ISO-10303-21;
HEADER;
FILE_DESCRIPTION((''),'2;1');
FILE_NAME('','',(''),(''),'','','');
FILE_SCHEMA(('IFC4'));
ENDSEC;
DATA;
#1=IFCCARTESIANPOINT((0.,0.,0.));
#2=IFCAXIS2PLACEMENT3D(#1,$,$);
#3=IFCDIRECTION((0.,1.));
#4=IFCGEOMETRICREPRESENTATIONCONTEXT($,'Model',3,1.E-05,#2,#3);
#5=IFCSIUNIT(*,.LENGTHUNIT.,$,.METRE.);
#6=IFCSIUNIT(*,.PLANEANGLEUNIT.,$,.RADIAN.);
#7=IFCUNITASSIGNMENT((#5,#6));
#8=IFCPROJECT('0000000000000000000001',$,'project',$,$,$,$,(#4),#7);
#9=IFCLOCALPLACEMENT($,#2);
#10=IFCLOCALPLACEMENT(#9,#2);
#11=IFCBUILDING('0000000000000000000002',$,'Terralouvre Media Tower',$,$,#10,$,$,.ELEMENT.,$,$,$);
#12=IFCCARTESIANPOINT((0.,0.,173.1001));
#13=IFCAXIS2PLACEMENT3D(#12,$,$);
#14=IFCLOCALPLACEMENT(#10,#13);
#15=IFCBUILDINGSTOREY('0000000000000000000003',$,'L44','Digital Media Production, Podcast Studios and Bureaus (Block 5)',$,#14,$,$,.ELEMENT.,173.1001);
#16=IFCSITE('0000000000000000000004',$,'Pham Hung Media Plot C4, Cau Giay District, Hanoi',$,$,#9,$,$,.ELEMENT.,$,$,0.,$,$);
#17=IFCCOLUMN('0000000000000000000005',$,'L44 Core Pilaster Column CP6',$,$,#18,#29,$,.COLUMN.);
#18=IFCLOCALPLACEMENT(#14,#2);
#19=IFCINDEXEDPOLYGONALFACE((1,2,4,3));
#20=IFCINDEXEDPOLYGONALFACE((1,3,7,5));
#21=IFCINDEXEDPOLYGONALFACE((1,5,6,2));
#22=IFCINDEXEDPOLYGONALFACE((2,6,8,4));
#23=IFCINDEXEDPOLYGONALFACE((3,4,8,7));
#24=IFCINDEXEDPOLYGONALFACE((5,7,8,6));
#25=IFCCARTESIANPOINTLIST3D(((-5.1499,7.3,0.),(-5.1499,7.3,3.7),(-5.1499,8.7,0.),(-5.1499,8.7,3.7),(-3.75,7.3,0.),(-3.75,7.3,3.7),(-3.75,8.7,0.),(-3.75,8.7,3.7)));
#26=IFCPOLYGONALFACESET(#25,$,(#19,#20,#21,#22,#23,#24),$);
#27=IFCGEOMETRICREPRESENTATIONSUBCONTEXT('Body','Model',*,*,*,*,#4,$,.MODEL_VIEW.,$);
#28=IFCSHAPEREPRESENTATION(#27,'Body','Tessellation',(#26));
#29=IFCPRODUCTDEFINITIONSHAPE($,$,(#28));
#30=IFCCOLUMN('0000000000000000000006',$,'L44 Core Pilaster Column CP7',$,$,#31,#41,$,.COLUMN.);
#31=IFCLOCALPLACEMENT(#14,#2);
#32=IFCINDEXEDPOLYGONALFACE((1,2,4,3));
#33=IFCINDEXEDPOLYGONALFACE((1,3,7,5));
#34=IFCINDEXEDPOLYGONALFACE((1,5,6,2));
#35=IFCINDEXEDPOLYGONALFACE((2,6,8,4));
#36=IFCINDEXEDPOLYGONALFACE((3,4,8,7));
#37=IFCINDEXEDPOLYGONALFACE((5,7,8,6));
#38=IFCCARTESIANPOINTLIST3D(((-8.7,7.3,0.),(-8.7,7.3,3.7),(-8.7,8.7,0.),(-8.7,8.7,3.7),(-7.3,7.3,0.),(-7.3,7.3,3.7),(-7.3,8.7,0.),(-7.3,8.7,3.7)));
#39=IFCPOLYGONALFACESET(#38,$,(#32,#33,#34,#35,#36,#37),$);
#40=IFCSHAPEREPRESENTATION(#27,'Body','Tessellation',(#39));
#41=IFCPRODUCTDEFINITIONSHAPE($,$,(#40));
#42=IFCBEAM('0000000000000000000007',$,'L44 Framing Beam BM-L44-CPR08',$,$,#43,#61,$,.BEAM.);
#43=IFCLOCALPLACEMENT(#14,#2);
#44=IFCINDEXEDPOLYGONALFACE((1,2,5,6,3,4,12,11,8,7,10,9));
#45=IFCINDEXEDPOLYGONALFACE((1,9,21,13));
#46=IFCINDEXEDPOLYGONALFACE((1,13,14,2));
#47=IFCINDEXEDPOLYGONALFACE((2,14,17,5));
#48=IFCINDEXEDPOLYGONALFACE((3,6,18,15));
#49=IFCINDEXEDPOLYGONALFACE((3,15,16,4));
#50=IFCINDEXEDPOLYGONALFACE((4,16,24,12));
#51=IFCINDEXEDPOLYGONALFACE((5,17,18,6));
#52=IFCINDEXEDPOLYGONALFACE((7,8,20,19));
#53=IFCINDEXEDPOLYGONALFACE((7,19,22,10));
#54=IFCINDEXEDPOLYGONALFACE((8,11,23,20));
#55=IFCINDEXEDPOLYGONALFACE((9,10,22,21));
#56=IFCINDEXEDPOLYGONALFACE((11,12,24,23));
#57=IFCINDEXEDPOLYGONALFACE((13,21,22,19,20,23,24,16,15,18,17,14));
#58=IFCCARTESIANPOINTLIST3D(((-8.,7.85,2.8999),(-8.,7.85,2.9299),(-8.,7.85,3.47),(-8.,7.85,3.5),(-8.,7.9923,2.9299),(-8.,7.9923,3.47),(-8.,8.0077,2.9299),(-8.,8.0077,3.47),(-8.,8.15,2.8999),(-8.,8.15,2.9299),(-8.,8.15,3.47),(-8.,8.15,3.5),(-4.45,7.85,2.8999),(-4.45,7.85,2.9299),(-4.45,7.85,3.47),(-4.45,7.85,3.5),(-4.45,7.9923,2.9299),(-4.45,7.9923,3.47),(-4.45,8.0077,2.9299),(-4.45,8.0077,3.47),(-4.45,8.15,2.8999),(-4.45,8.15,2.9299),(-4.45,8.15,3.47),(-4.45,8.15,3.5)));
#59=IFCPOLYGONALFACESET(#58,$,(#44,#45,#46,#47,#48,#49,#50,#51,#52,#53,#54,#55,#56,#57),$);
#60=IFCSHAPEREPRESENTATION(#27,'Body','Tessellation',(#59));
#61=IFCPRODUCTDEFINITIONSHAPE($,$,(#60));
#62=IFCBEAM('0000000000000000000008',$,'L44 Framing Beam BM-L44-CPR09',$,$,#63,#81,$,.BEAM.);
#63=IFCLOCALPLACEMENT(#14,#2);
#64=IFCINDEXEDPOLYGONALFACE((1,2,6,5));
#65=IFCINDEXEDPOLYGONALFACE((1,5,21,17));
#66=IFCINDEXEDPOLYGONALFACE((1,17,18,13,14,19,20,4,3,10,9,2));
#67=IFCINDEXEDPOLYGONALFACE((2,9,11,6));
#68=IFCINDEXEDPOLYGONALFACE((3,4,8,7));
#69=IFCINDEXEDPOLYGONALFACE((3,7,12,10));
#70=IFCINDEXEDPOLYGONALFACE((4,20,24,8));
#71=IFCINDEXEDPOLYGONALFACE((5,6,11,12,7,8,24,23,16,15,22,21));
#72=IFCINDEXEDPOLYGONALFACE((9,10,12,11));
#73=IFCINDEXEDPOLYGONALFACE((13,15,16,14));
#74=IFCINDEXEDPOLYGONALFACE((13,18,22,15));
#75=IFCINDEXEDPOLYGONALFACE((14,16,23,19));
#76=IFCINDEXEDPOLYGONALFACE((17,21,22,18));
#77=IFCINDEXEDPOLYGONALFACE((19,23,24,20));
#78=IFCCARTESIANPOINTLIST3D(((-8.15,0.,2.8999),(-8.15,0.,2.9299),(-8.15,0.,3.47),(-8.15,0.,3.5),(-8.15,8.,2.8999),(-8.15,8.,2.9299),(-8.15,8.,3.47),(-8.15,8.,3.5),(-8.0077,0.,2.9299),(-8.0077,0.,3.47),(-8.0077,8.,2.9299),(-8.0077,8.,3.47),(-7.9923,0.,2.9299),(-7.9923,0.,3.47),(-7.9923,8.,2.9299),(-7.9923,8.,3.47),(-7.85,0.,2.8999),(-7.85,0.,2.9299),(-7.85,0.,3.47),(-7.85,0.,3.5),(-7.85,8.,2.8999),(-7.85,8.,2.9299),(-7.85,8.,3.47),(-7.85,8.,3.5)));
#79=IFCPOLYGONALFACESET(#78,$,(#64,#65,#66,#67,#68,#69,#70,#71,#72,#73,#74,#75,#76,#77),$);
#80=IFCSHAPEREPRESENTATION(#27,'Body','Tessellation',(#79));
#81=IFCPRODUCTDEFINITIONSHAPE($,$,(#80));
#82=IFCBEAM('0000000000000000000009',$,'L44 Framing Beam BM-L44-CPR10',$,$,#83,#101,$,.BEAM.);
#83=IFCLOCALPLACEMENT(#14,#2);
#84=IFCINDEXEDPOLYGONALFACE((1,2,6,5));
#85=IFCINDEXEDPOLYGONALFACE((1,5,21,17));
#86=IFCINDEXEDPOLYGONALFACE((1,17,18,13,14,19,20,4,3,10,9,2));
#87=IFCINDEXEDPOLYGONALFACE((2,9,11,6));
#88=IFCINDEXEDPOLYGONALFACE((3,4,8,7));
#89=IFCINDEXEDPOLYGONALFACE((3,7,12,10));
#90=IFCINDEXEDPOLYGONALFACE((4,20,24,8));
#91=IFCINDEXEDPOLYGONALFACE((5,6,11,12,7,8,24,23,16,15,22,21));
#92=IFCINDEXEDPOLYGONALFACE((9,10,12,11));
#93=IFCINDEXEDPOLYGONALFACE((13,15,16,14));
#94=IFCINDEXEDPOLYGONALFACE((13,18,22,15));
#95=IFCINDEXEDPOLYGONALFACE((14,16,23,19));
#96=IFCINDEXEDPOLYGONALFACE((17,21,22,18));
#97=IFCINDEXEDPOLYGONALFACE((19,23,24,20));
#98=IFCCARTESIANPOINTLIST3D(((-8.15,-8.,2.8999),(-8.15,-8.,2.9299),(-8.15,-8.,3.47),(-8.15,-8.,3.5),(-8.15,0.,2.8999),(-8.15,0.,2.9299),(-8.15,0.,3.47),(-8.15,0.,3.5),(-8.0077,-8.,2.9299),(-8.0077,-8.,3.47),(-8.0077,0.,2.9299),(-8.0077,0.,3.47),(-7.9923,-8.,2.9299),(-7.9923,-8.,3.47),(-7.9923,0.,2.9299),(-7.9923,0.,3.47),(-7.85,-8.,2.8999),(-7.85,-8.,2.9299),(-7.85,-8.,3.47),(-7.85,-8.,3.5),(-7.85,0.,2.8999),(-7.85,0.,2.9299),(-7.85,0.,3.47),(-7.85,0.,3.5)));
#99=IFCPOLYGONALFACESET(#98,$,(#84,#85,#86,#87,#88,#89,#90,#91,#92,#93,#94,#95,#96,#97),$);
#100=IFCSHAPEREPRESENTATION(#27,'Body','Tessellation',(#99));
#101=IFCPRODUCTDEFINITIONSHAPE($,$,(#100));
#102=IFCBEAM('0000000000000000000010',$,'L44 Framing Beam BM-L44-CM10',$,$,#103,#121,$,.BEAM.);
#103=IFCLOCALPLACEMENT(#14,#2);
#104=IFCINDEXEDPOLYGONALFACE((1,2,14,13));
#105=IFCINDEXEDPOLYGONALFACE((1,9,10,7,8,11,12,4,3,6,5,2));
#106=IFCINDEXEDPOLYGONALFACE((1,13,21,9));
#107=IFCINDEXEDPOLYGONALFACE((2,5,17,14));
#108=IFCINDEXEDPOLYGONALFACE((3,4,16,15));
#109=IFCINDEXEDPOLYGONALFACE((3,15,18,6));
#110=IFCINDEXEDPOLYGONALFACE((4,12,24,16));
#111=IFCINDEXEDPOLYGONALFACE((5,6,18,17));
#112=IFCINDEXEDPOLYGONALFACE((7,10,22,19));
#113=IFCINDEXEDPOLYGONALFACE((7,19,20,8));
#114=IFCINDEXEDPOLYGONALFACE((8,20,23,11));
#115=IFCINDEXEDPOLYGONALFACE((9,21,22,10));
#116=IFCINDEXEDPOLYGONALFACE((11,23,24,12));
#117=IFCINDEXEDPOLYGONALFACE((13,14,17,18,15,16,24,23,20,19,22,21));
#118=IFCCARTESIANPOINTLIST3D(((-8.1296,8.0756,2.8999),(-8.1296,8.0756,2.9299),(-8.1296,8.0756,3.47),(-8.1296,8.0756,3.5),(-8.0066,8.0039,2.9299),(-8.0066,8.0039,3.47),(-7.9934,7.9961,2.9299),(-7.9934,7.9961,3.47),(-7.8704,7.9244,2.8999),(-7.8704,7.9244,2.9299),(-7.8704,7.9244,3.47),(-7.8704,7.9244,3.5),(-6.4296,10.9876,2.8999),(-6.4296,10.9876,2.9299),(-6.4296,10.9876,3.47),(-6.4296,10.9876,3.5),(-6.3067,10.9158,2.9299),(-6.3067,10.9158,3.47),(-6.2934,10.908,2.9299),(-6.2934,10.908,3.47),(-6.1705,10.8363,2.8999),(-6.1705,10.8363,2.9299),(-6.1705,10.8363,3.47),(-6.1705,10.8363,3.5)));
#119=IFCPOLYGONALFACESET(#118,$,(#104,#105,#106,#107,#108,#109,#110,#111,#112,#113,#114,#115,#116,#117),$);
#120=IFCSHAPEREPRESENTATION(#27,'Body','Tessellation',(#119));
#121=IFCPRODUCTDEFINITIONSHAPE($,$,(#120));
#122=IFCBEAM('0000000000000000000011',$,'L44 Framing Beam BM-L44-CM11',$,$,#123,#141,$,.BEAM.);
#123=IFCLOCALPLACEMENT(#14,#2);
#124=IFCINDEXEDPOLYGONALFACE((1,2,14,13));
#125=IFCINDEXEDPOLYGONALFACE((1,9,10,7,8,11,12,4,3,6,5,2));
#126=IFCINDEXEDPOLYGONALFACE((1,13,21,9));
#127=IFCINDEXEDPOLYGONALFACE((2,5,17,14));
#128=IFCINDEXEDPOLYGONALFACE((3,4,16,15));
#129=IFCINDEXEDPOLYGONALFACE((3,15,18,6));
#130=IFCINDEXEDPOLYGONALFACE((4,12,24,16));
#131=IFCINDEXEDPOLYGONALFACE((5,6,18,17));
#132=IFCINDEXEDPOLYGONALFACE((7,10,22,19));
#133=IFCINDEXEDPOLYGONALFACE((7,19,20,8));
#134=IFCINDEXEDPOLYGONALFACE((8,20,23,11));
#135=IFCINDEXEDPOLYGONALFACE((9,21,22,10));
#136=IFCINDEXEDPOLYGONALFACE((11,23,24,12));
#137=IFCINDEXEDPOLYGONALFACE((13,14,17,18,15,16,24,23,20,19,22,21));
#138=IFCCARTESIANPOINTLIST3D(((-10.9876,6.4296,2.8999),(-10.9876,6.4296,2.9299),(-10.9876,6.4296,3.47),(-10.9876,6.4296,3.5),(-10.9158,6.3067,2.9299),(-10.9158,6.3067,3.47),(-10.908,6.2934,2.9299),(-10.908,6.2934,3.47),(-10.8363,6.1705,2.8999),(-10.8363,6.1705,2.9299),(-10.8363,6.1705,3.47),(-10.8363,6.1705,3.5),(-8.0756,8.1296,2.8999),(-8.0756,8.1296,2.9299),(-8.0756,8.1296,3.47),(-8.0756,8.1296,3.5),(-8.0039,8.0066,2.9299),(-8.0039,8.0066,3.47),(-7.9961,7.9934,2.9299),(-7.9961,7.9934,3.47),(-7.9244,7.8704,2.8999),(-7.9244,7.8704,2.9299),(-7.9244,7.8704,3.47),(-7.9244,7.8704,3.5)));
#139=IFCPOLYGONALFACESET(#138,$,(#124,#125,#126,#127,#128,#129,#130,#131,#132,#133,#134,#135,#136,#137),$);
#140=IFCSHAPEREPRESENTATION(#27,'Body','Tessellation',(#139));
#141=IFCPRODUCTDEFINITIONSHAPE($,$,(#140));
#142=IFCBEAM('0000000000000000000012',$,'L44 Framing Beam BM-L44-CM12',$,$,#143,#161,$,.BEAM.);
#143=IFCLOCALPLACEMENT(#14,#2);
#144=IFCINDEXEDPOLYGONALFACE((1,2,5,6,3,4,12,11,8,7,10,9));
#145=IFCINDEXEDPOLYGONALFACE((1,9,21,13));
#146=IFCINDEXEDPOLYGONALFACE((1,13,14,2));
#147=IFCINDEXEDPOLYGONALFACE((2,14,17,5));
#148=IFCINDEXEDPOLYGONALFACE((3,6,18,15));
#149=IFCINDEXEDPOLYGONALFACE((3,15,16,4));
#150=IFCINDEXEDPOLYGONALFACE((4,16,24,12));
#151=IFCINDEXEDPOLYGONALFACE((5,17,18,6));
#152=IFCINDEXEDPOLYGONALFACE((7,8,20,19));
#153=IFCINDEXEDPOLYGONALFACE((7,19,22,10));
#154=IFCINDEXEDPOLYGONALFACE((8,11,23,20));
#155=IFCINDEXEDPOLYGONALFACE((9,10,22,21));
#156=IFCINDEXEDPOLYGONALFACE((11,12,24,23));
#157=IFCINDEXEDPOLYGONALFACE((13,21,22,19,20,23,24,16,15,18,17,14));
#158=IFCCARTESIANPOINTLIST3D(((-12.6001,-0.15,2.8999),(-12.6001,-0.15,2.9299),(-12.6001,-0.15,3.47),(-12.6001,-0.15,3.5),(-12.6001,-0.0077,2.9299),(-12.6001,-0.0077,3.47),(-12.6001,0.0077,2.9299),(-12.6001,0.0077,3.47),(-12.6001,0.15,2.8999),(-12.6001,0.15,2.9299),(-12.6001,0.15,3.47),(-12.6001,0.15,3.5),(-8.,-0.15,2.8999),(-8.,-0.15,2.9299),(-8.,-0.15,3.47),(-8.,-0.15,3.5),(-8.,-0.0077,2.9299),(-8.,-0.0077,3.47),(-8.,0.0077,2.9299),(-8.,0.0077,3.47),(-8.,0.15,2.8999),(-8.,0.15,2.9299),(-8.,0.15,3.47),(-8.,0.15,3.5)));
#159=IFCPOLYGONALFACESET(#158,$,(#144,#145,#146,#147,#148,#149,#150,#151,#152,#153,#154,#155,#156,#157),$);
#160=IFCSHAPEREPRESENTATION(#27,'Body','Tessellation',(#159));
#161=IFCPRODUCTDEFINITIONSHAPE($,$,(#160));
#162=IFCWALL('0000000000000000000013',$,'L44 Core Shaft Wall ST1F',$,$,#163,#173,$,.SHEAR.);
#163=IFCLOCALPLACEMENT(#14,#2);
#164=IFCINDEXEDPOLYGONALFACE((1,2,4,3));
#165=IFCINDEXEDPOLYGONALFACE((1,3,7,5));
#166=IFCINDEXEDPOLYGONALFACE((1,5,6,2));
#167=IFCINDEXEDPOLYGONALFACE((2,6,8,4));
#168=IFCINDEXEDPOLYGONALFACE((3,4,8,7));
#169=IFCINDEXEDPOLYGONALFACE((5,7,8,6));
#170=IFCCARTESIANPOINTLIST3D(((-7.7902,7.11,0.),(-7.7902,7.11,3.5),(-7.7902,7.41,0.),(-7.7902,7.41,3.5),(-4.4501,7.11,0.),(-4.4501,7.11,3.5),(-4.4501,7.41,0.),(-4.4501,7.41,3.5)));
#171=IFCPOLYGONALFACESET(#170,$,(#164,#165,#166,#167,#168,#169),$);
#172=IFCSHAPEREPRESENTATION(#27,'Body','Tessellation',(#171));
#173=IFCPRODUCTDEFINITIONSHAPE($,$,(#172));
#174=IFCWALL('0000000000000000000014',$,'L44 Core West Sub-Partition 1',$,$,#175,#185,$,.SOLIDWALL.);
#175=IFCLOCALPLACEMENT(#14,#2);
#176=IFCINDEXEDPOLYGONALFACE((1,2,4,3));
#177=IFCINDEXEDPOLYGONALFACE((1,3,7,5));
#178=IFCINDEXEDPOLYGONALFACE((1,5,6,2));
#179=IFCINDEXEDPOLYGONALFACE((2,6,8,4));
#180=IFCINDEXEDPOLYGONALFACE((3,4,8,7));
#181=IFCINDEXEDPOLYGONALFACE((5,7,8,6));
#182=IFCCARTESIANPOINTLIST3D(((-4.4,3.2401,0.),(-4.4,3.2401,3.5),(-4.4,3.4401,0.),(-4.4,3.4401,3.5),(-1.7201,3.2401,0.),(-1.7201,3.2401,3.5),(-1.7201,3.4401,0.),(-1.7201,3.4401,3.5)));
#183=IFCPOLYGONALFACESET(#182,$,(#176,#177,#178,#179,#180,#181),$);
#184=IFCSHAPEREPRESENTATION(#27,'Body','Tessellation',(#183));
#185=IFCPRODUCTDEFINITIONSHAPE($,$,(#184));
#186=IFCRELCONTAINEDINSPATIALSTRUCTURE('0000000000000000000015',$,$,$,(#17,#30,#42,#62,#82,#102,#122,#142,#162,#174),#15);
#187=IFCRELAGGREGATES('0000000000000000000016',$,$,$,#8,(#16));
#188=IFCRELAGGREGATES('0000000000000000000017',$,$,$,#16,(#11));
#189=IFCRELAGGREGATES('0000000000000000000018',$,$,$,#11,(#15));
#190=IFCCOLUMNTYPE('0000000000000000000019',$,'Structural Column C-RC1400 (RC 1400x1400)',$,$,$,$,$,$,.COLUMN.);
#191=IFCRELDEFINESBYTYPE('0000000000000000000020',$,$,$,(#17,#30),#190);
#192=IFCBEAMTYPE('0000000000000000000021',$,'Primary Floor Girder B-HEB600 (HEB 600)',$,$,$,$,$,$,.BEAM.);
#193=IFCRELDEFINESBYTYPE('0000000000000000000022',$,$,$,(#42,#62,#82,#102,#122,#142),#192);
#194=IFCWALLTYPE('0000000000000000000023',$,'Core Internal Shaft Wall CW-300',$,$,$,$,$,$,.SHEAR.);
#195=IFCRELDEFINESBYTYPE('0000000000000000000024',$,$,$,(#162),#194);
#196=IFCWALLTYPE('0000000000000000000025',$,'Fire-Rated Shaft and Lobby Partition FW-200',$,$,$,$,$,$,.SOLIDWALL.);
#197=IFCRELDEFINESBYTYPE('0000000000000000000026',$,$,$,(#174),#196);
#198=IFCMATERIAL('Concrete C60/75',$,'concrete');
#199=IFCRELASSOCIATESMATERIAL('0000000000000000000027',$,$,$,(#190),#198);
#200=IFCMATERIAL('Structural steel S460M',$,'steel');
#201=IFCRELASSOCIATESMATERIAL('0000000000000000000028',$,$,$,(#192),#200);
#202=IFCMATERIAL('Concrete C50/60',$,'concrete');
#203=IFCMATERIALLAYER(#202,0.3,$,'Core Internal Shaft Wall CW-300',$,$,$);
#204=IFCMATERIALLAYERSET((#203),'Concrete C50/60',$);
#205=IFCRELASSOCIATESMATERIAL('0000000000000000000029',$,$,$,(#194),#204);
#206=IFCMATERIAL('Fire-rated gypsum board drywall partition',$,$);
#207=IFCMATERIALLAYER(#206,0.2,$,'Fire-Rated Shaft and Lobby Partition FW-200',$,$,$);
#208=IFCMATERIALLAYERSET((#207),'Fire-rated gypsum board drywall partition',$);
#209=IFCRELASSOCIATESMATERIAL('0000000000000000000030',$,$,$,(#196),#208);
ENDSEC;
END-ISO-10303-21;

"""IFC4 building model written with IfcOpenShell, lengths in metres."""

from ifc_helpers import new_model, si_unit, direction, frame, frame_2d, origin, origin_2d, place, context, subcontext, project, spatial, rectangle, i_section, extrude, material, layer, layer_set, material_profile, profile_set, type_object, element, save


model = new_model("IFC4")

# Units and contexts
model_context = context("Model", 3, precision=1e-05, world=origin(), true_north=direction((0.0, 1.0)))
body_context = subcontext(model_context, "Body", "Model", "MODEL_VIEW")
ifc_project = project(units=[si_unit("LENGTHUNIT", "METRE"), si_unit("PLANEANGLEUNIT", "RADIAN")], contexts=[model_context])

# Site, building, storey
site_placement = place(None, origin())
site = spatial("IfcSite", under=ifc_project, at=site_placement, Name="Pham Hung Media Plot C4, Cau Giay District, Hanoi", CompositionType="ELEMENT", RefElevation=0.0)
building_placement = place(site_placement, origin())
building = spatial("IfcBuilding", under=site, at=building_placement, Name="Terralouvre Media Tower", CompositionType="ELEMENT")
storey_placement = place(building_placement, frame((0.0, 0.0, 173.1001)))
storey = spatial("IfcBuildingStorey", under=building, at=storey_placement, Name="L44", Description="Digital Media Production, Podcast Studios and Bureaus (Block 5)", CompositionType="ELEMENT", Elevation=173.1001)

# Columns
ifc_material_1 = material(Name="Concrete C60/75", Category="concrete")
ifc_material_profile_1 = material_profile(ifc_material_1, rectangle(XDim=1.3999, YDim=1.3999, at=origin_2d()), Name="RC 1400x1400")
ifc_profile_set_1 = profile_set([ifc_material_profile_1], Name="Concrete C60/75")
column_type = type_object("IfcColumnType", Name="Structural Column C-RC1400 (RC 1400x1400)", PredefinedType="COLUMN", material=ifc_profile_set_1)
for number, where, z_axis, x_axis, name in (
    (1, (-4.45, 8.0, 0.0), (0.0, 0.0, 1.0), (1.0, 0.0, 0.0), "L44 Core Pilaster Column CP6"),
    (2, (-8.0, 8.0, 0.0), (0.0, 0.0, 1.0), (1.0, 0.0, 0.0), "L44 Core Pilaster Column CP7"),
):
    element("IfcColumn", number, at=place(storey_placement, frame(where, z_axis=z_axis, x_axis=x_axis)), inside=storey, type_object=column_type, Name=name, PredefinedType="COLUMN", context=body_context, shape_type="SweptSolid", body=[
        extrude(rectangle(XDim=1.3999, YDim=1.3999, at=origin_2d()), origin(), (0.0, 0.0, 1.0), 3.7),
    ])

# Beams
ifc_material_2 = material(Name="Structural steel S460M", Category="steel")
ifc_material_profile_2 = material_profile(ifc_material_2, i_section(OverallWidth=0.3, OverallDepth=0.6001, WebThickness=0.0154, FlangeThickness=0.03, at=origin_2d()), Name="HEB 600")
ifc_profile_set_2 = profile_set([ifc_material_profile_2], Name="Structural steel S460M")
beam_type = type_object("IfcBeamType", Name="Primary Floor Girder B-HEB600 (HEB 600)", PredefinedType="BEAM", material=ifc_profile_set_2)
beam_1_placement = place(storey_placement, frame((-4.45, 8.0, 3.2), z_axis=(-1.0, 0.0, 0.0), x_axis=(0.0, -1.0, 0.0)))
element("IfcBeam", 3, at=beam_1_placement, inside=storey, type_object=beam_type, Name="L44 Framing Beam BM-L44-CPR08", PredefinedType="BEAM", context=body_context, shape_type="SweptSolid", body=[
    extrude(i_section(OverallWidth=0.3, OverallDepth=0.6001, WebThickness=0.0154, FlangeThickness=0.03, at=origin_2d()), origin(), (0.0, 0.0, 1.0), 3.55),
])
for number, where, z_axis, x_axis, name in (
    (4, (-8.0, 8.0, 3.2), (0.0, -1.0, 0.0), (1.0, 0.0, 0.0), "L44 Framing Beam BM-L44-CPR09"),
    (5, (-8.0, 0.0, 3.2), (0.0, -1.0, 0.0), (1.0, 0.0, 0.0), "L44 Framing Beam BM-L44-CPR10"),
):
    element("IfcBeam", number, at=place(storey_placement, frame(where, z_axis=z_axis, x_axis=x_axis)), inside=storey, type_object=beam_type, Name=name, PredefinedType="BEAM", context=body_context, shape_type="SweptSolid", body=[
        extrude(i_section(OverallWidth=0.3, OverallDepth=0.6001, WebThickness=0.0154, FlangeThickness=0.03, at=origin_2d()), origin(), (0.0, 0.0, 1.0), 8.0),
    ])
for number, where, z_axis, x_axis, name in (
    (6, (-8.0, 8.0, 3.2), (0.504173, 0.863603, 0.0), (-0.863603, 0.504173, 0.0), "L44 Framing Beam BM-L44-CM10"),
    (7, (-8.0, 8.0, 3.2), (-0.863603, -0.504173, 0.0), (0.504173, -0.863603, 0.0), "L44 Framing Beam BM-L44-CM11"),
):
    element("IfcBeam", number, at=place(storey_placement, frame(where, z_axis=z_axis, x_axis=x_axis)), inside=storey, type_object=beam_type, Name=name, PredefinedType="BEAM", context=body_context, shape_type="SweptSolid", body=[
        extrude(i_section(OverallWidth=0.3, OverallDepth=0.6001, WebThickness=0.0154, FlangeThickness=0.03, at=origin_2d()), origin(), (0.0, 0.0, 1.0), 3.3718),
    ])
beam_2_placement = place(storey_placement, frame((-8.0, 0.0, 3.2), z_axis=(-1.0, 0.0, 0.0), x_axis=(0.0, -1.0, 0.0)))
element("IfcBeam", 8, at=beam_2_placement, inside=storey, type_object=beam_type, Name="L44 Framing Beam BM-L44-CM12", PredefinedType="BEAM", context=body_context, shape_type="SweptSolid", body=[
    extrude(i_section(OverallWidth=0.3, OverallDepth=0.6001, WebThickness=0.0154, FlangeThickness=0.03, at=origin_2d()), origin(), (0.0, 0.0, 1.0), 4.6001),
])

# Shared definitions
ifc_material_3 = material(Name="Concrete C50/60", Category="concrete")
ifc_layer_1 = layer(ifc_material_3, 0.3, Name="Core Internal Shaft Wall CW-300")
ifc_layer_set_1 = layer_set([ifc_layer_1], Name="Concrete C50/60")
wall_type_1 = type_object("IfcWallType", Name="Core Internal Shaft Wall CW-300", PredefinedType="SHEAR", material=ifc_layer_set_1)

# Wall
wall_1_placement = place(storey_placement, frame((-7.79, 7.26, 0.0), z_axis=(0.0, 0.0, 1.0), x_axis=(1.0, 0.0, 0.0)))
element("IfcWall", 9, at=wall_1_placement, inside=storey, type_object=wall_type_1, Name="L44 Core Shaft Wall ST1F", PredefinedType="SHEAR", context=body_context, shape_type="SweptSolid", body=[
    extrude(rectangle(XDim=3.3401, YDim=0.3, at=frame_2d((1.6699, 0.0))), origin(), (0.0, 0.0, 1.0), 3.5),
])

# Wall
ifc_material_4 = material(Name="Fire-rated gypsum board drywall partition")
ifc_layer_2 = layer(ifc_material_4, 0.2, Name="Fire-Rated Shaft and Lobby Partition FW-200")
ifc_layer_set_2 = layer_set([ifc_layer_2], Name="Fire-rated gypsum board drywall partition")
wall_type_2 = type_object("IfcWallType", Name="Fire-Rated Shaft and Lobby Partition FW-200", PredefinedType="SOLIDWALL", material=ifc_layer_set_2)
wall_2_placement = place(storey_placement, frame((-4.3999, 3.3401, 0.0), z_axis=(0.0, 0.0, 1.0), x_axis=(1.0, 0.0, 0.0)))
element("IfcWall", 10, at=wall_2_placement, inside=storey, type_object=wall_type_2, Name="L44 Core West Sub-Partition 1", PredefinedType="SOLIDWALL", context=body_context, shape_type="SweptSolid", body=[
    extrude(rectangle(XDim=2.6799, YDim=0.2, at=frame_2d((1.3398, 0.0))), origin(), (0.0, 0.0, 1.0), 3.5),
])

save(model, "model.ifc")
